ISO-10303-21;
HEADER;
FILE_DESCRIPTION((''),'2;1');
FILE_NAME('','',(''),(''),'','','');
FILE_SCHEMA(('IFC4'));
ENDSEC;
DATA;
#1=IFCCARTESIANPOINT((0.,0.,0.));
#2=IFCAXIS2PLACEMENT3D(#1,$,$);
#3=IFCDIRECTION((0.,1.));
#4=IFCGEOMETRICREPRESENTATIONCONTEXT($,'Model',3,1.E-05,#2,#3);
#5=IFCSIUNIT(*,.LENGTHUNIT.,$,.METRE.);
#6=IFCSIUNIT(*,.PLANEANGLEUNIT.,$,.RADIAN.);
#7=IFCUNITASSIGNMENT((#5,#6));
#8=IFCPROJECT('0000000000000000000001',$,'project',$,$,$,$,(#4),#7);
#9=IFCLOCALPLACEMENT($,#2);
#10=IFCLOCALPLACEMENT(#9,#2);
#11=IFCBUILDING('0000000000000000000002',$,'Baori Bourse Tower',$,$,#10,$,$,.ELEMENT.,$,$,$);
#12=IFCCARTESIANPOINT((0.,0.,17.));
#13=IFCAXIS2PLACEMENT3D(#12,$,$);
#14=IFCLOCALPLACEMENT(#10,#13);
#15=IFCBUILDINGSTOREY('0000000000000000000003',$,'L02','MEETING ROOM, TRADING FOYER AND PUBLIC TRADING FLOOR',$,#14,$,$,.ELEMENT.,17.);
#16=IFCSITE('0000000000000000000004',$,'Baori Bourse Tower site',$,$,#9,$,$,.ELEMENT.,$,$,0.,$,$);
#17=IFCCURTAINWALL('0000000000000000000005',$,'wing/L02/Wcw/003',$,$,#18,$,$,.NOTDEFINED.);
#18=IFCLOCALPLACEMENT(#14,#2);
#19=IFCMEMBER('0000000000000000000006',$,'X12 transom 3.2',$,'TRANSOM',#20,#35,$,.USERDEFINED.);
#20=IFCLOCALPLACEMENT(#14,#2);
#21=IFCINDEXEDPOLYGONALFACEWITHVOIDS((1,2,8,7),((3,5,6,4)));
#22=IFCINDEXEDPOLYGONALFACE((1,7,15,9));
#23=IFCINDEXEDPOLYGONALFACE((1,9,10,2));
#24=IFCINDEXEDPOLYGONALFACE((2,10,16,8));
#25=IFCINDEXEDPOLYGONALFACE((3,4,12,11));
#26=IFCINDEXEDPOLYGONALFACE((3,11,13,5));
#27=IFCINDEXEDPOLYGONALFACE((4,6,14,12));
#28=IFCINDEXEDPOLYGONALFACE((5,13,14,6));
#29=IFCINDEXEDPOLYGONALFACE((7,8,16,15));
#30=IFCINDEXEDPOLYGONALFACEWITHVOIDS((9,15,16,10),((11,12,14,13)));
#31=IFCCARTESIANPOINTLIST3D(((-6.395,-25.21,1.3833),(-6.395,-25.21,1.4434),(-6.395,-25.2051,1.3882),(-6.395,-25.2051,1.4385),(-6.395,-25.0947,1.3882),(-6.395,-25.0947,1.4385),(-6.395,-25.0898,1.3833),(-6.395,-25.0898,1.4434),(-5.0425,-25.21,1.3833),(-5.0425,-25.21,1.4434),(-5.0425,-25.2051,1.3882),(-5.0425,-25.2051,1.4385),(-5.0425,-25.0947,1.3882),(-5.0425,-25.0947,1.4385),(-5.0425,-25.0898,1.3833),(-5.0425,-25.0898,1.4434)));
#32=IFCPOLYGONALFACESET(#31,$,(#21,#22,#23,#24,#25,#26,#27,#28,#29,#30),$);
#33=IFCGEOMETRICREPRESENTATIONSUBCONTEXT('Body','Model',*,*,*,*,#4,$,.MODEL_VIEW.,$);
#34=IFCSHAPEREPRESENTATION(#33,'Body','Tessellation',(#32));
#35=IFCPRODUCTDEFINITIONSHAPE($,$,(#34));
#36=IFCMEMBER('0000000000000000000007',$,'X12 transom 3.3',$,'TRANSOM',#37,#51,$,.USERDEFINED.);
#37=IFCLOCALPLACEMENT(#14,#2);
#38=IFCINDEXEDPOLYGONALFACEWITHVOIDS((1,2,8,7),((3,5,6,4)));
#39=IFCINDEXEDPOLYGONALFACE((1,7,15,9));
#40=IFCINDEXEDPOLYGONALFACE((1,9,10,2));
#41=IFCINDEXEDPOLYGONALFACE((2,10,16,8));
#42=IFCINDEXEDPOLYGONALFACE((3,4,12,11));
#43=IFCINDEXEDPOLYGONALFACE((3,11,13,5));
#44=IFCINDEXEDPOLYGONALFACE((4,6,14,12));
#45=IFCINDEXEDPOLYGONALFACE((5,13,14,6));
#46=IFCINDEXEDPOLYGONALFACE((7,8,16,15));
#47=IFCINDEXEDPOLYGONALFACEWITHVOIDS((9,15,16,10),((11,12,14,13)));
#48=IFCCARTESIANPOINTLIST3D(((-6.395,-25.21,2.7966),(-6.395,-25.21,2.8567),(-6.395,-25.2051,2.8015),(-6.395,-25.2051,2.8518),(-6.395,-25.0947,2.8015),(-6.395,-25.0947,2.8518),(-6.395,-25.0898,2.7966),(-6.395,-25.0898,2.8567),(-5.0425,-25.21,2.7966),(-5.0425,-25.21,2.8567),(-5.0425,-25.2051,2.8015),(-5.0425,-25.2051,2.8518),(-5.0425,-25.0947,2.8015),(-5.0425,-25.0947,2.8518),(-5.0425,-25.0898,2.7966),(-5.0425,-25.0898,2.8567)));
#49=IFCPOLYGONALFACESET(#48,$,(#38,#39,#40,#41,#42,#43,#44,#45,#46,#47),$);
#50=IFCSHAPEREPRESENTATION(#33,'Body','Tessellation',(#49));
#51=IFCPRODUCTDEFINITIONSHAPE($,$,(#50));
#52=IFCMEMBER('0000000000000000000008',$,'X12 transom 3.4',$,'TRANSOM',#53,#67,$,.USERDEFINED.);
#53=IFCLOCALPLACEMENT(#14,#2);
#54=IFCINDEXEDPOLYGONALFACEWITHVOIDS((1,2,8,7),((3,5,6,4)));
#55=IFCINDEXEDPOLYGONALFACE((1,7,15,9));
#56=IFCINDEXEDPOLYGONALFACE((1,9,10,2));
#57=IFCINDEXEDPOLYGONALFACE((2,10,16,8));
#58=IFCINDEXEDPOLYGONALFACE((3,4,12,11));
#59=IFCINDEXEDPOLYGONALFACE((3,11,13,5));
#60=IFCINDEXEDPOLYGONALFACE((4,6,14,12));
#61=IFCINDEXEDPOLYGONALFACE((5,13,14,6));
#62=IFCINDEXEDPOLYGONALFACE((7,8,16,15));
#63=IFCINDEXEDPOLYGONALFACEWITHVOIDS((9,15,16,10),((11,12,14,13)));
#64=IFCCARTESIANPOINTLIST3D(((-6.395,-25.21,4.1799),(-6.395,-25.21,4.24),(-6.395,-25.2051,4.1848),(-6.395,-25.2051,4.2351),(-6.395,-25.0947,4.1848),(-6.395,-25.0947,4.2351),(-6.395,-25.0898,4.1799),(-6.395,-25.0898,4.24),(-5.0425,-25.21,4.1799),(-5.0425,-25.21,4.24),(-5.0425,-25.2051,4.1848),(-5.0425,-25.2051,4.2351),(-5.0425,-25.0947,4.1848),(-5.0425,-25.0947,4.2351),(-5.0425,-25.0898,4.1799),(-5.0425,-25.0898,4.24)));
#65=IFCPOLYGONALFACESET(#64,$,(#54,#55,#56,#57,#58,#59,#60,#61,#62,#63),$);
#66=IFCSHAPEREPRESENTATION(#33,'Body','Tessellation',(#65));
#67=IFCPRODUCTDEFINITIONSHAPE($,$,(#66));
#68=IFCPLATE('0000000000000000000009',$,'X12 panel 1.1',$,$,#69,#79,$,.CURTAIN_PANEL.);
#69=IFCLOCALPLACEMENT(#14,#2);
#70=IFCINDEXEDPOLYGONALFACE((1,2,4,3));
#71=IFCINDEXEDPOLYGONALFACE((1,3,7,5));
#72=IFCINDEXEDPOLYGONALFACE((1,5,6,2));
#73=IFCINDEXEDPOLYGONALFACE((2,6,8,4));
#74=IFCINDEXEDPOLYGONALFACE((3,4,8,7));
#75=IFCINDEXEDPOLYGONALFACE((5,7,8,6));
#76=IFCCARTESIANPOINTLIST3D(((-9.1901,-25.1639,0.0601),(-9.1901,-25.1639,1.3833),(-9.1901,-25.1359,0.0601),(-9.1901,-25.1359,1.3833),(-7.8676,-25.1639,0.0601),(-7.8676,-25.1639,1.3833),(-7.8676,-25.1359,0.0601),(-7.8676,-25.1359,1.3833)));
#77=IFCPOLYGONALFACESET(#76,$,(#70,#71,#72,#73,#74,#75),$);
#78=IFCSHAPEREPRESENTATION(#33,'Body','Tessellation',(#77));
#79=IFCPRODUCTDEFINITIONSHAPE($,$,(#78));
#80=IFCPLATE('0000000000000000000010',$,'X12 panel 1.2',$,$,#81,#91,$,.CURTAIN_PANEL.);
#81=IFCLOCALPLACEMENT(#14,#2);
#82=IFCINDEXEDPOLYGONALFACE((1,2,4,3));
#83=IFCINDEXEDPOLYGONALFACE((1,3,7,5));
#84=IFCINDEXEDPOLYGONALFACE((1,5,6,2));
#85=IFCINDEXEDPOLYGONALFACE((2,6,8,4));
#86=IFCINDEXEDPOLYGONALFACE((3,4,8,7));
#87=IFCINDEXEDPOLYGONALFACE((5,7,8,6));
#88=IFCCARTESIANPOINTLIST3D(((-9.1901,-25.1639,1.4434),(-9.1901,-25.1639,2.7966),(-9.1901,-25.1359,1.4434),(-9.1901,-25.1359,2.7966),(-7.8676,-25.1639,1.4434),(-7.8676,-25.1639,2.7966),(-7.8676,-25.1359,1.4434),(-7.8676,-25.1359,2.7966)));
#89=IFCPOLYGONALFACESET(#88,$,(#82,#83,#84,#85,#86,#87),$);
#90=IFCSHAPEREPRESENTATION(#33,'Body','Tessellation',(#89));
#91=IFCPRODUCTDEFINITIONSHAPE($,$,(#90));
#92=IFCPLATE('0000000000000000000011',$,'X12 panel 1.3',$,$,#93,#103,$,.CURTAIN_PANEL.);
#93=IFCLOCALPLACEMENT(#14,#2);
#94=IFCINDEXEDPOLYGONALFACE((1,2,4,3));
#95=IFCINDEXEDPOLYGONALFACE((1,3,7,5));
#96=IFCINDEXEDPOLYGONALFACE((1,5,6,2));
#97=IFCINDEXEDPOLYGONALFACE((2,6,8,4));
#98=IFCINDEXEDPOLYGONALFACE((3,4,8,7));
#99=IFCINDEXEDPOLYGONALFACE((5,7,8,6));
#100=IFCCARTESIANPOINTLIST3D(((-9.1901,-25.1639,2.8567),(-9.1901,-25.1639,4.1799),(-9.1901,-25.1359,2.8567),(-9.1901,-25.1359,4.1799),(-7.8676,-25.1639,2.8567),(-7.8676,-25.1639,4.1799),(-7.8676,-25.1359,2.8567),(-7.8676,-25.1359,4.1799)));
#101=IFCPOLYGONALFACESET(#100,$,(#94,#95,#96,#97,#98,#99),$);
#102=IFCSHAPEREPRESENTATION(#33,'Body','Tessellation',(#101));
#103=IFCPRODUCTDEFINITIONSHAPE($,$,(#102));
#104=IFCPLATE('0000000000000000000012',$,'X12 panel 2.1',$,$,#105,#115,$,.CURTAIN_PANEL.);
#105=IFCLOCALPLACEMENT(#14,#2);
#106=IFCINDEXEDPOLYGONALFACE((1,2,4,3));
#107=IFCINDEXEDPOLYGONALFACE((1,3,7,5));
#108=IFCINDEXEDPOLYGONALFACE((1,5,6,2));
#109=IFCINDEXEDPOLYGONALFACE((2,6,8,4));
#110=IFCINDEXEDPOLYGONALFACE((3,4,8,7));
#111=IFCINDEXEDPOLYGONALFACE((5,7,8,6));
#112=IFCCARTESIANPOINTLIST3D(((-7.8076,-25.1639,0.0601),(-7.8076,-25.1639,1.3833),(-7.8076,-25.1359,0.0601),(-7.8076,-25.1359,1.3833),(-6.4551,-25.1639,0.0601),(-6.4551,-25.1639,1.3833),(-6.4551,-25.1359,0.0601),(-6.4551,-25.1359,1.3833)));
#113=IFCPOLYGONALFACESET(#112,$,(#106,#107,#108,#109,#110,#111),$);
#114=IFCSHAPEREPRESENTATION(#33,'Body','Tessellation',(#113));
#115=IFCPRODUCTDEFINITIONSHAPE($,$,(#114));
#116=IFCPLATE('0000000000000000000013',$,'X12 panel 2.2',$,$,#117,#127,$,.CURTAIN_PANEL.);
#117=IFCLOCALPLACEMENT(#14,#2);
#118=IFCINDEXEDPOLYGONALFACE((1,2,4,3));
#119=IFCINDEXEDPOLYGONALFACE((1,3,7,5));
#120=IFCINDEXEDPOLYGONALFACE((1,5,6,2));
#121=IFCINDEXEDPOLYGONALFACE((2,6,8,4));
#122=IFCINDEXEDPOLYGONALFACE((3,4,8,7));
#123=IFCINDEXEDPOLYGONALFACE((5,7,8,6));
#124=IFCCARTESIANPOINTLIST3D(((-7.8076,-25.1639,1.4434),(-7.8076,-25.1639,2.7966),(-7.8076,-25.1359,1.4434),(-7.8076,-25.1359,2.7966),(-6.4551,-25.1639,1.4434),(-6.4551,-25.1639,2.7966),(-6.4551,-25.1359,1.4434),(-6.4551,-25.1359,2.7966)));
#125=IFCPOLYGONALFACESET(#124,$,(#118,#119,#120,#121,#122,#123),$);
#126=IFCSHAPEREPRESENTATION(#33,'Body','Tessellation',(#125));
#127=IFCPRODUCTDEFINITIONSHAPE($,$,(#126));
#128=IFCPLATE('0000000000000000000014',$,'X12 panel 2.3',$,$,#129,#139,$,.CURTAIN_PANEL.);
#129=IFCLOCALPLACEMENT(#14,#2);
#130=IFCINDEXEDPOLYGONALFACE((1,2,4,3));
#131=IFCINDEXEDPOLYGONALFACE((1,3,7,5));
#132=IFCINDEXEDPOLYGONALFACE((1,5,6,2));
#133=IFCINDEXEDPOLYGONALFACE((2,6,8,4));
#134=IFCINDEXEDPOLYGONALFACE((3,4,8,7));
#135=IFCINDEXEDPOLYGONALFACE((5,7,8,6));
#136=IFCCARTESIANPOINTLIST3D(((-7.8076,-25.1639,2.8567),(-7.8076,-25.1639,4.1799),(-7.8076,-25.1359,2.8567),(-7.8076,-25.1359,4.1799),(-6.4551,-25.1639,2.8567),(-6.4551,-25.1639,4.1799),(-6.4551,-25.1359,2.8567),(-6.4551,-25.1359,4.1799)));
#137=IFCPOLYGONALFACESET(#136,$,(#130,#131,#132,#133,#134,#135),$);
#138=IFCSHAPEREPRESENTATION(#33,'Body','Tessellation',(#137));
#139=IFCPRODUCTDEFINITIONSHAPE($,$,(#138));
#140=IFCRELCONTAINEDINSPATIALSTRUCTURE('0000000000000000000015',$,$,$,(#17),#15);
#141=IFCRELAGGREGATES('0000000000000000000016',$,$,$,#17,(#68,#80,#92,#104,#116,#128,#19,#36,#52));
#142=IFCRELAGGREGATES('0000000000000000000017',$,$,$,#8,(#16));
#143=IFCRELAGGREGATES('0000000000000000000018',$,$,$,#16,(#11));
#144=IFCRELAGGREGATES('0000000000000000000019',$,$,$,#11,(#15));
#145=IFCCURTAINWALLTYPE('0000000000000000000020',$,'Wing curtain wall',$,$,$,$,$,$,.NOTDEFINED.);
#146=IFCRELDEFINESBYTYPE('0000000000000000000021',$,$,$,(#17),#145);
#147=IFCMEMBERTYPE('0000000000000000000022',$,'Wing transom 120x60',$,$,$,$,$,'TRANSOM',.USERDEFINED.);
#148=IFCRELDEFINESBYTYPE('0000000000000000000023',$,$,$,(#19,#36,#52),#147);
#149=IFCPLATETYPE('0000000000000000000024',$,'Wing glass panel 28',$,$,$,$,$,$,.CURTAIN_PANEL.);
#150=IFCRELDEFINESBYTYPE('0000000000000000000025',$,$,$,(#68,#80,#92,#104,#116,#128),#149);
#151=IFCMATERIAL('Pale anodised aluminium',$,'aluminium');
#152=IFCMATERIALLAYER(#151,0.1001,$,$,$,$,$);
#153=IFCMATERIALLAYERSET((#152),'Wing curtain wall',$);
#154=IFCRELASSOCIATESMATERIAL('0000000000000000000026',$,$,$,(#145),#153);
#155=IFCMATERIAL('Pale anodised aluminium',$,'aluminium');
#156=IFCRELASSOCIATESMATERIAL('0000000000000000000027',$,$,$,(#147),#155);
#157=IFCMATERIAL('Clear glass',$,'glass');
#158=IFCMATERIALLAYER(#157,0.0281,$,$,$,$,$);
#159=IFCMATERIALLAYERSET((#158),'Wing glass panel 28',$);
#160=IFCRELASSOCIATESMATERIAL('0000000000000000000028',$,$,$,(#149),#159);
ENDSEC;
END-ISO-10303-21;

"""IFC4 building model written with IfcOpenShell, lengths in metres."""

from ifc_helpers import new_model, si_unit, direction, frame, origin, origin_2d, place, context, subcontext, project, spatial, rectangle, hollow_rectangle, extrude, material, layer, layer_set, material_profile, profile_set, type_object, element, aggregate, save


model = new_model("IFC4")

# Units and contexts
model_context = context("Model", 3, precision=1e-05, world=origin(), true_north=direction((0.0, 1.0)))
body_context = subcontext(model_context, "Body", "Model", "MODEL_VIEW")
ifc_project = project(units=[si_unit("LENGTHUNIT", "METRE"), si_unit("PLANEANGLEUNIT", "RADIAN")], contexts=[model_context])

# Site, building, storey
site_placement = place(None, origin())
site = spatial("IfcSite", under=ifc_project, at=site_placement, Name="Baori Bourse Tower site", CompositionType="ELEMENT", RefElevation=0.0)
building_placement = place(site_placement, origin())
building = spatial("IfcBuilding", under=site, at=building_placement, Name="Baori Bourse Tower", CompositionType="ELEMENT")
storey_placement = place(building_placement, frame((0.0, 0.0, 17.0)))
storey = spatial("IfcBuildingStorey", under=building, at=storey_placement, Name="L02", Description="MEETING ROOM, TRADING FOYER AND PUBLIC TRADING FLOOR", CompositionType="ELEMENT", Elevation=17.0)

# Curtain wall, members, plates
ifc_material_1 = material(Name="Pale anodised aluminium", Category="aluminium")
ifc_layer_1 = layer(ifc_material_1, 0.1001)
ifc_layer_set_1 = layer_set([ifc_layer_1], Name="Wing curtain wall")
curtain_wall_type = type_object("IfcCurtainWallType", Name="Wing curtain wall", PredefinedType="NOTDEFINED", material=ifc_layer_set_1)
curtain_wall_placement = place(storey_placement, origin())
curtain_wall = element("IfcCurtainWall", 1, at=curtain_wall_placement, inside=storey, type_object=curtain_wall_type, Name="wing/L02/Wcw/003", PredefinedType="NOTDEFINED")
ifc_material_2 = material(Name="Pale anodised aluminium", Category="aluminium")
ifc_material_profile_1 = material_profile(ifc_material_2, hollow_rectangle(XDim=0.1201, YDim=0.0601, WallThickness=0.0049, at=origin_2d()), Name="Transom 120x60x5")
ifc_profile_set_1 = profile_set([ifc_material_profile_1], Name="Pale anodised aluminium")
member_type_1 = type_object("IfcMemberType", Name="Wing transom 120x60", ElementType="TRANSOM", PredefinedType="USERDEFINED", material=ifc_profile_set_1)
member_1_placement = place(storey_placement, frame((-6.395, -25.1499, 1.4133), z_axis=(1.0, 0.0, 0.0), x_axis=(0.0, 1.0, 0.0)))
member_1 = element("IfcMember", 2, at=member_1_placement, type_object=member_type_1, Name="X12 transom 3.2", ObjectType="TRANSOM", PredefinedType="USERDEFINED", context=body_context, shape_type="SweptSolid", body=[
    extrude(hollow_rectangle(XDim=0.1201, YDim=0.0601, WallThickness=0.0049, at=origin_2d()), origin(), (0.0, 0.0, 1.0), 1.3525),
])
member_2_placement = place(storey_placement, frame((-6.395, -25.1499, 2.8267), z_axis=(1.0, 0.0, 0.0), x_axis=(0.0, 1.0, 0.0)))
member_2 = element("IfcMember", 3, at=member_2_placement, type_object=member_type_1, Name="X12 transom 3.3", ObjectType="TRANSOM", PredefinedType="USERDEFINED", context=body_context, shape_type="SweptSolid", body=[
    extrude(hollow_rectangle(XDim=0.1201, YDim=0.0601, WallThickness=0.0049, at=origin_2d()), origin(), (0.0, 0.0, 1.0), 1.3525),
])
member_3_placement = place(storey_placement, frame((-6.395, -25.1499, 4.21), z_axis=(1.0, 0.0, 0.0), x_axis=(0.0, 1.0, 0.0)))
member_3 = element("IfcMember", 4, at=member_3_placement, type_object=member_type_1, Name="X12 transom 3.4", ObjectType="TRANSOM", PredefinedType="USERDEFINED", context=body_context, shape_type="SweptSolid", body=[
    extrude(hollow_rectangle(XDim=0.1201, YDim=0.0601, WallThickness=0.0049, at=origin_2d()), origin(), (0.0, 0.0, 1.0), 1.3525),
])
ifc_material_3 = material(Name="Clear glass", Category="glass")
ifc_layer_2 = layer(ifc_material_3, 0.0281)
ifc_layer_set_2 = layer_set([ifc_layer_2], Name="Wing glass panel 28")
plate_type = type_object("IfcPlateType", Name="Wing glass panel 28", PredefinedType="CURTAIN_PANEL", material=ifc_layer_set_2)
plate_1_placement = place(storey_placement, frame((-8.5288, -25.1499, 0.0601), z_axis=(0.0, 0.0, 1.0), x_axis=(1.0, 0.0, 0.0)))
plate_1 = element("IfcPlate", 5, at=plate_1_placement, type_object=plate_type, Name="X12 panel 1.1", PredefinedType="CURTAIN_PANEL", context=body_context, shape_type="SweptSolid", body=[
    extrude(rectangle(XDim=1.3225, YDim=0.0281, at=origin_2d()), origin(), (0.0, 0.0, 1.0), 1.3232),
])
plate_2_placement = place(storey_placement, frame((-8.5288, -25.1499, 1.4434), z_axis=(0.0, 0.0, 1.0), x_axis=(1.0, 0.0, 0.0)))
plate_2 = element("IfcPlate", 6, at=plate_2_placement, type_object=plate_type, Name="X12 panel 1.2", PredefinedType="CURTAIN_PANEL", context=body_context, shape_type="SweptSolid", body=[
    extrude(rectangle(XDim=1.3225, YDim=0.0281, at=origin_2d()), origin(), (0.0, 0.0, 1.0), 1.3533),
])
plate_3_placement = place(storey_placement, frame((-8.5288, -25.1499, 2.8567), z_axis=(0.0, 0.0, 1.0), x_axis=(1.0, 0.0, 0.0)))
plate_3 = element("IfcPlate", 7, at=plate_3_placement, type_object=plate_type, Name="X12 panel 1.3", PredefinedType="CURTAIN_PANEL", context=body_context, shape_type="SweptSolid", body=[
    extrude(rectangle(XDim=1.3225, YDim=0.0281, at=origin_2d()), origin(), (0.0, 0.0, 1.0), 1.3232),
])
plate_4_placement = place(storey_placement, frame((-7.1313, -25.1499, 0.0601), z_axis=(0.0, 0.0, 1.0), x_axis=(1.0, 0.0, 0.0)))
plate_4 = element("IfcPlate", 8, at=plate_4_placement, type_object=plate_type, Name="X12 panel 2.1", PredefinedType="CURTAIN_PANEL", context=body_context, shape_type="SweptSolid", body=[
    extrude(rectangle(XDim=1.3525, YDim=0.0281, at=origin_2d()), origin(), (0.0, 0.0, 1.0), 1.3232),
])
plate_5_placement = place(storey_placement, frame((-7.1313, -25.1499, 1.4434), z_axis=(0.0, 0.0, 1.0), x_axis=(1.0, 0.0, 0.0)))
plate_5 = element("IfcPlate", 9, at=plate_5_placement, type_object=plate_type, Name="X12 panel 2.2", PredefinedType="CURTAIN_PANEL", context=body_context, shape_type="SweptSolid", body=[
    extrude(rectangle(XDim=1.3525, YDim=0.0281, at=origin_2d()), origin(), (0.0, 0.0, 1.0), 1.3533),
])
plate_6_placement = place(storey_placement, frame((-7.1313, -25.1499, 2.8567), z_axis=(0.0, 0.0, 1.0), x_axis=(1.0, 0.0, 0.0)))
plate_6 = element("IfcPlate", 10, at=plate_6_placement, type_object=plate_type, Name="X12 panel 2.3", PredefinedType="CURTAIN_PANEL", context=body_context, shape_type="SweptSolid", body=[
    extrude(rectangle(XDim=1.3525, YDim=0.0281, at=origin_2d()), origin(), (0.0, 0.0, 1.0), 1.3232),
])
aggregate(curtain_wall, [plate_1, plate_2, plate_3, plate_4, plate_5, plate_6, member_1, member_2, member_3])

save(model, "model.ifc")
